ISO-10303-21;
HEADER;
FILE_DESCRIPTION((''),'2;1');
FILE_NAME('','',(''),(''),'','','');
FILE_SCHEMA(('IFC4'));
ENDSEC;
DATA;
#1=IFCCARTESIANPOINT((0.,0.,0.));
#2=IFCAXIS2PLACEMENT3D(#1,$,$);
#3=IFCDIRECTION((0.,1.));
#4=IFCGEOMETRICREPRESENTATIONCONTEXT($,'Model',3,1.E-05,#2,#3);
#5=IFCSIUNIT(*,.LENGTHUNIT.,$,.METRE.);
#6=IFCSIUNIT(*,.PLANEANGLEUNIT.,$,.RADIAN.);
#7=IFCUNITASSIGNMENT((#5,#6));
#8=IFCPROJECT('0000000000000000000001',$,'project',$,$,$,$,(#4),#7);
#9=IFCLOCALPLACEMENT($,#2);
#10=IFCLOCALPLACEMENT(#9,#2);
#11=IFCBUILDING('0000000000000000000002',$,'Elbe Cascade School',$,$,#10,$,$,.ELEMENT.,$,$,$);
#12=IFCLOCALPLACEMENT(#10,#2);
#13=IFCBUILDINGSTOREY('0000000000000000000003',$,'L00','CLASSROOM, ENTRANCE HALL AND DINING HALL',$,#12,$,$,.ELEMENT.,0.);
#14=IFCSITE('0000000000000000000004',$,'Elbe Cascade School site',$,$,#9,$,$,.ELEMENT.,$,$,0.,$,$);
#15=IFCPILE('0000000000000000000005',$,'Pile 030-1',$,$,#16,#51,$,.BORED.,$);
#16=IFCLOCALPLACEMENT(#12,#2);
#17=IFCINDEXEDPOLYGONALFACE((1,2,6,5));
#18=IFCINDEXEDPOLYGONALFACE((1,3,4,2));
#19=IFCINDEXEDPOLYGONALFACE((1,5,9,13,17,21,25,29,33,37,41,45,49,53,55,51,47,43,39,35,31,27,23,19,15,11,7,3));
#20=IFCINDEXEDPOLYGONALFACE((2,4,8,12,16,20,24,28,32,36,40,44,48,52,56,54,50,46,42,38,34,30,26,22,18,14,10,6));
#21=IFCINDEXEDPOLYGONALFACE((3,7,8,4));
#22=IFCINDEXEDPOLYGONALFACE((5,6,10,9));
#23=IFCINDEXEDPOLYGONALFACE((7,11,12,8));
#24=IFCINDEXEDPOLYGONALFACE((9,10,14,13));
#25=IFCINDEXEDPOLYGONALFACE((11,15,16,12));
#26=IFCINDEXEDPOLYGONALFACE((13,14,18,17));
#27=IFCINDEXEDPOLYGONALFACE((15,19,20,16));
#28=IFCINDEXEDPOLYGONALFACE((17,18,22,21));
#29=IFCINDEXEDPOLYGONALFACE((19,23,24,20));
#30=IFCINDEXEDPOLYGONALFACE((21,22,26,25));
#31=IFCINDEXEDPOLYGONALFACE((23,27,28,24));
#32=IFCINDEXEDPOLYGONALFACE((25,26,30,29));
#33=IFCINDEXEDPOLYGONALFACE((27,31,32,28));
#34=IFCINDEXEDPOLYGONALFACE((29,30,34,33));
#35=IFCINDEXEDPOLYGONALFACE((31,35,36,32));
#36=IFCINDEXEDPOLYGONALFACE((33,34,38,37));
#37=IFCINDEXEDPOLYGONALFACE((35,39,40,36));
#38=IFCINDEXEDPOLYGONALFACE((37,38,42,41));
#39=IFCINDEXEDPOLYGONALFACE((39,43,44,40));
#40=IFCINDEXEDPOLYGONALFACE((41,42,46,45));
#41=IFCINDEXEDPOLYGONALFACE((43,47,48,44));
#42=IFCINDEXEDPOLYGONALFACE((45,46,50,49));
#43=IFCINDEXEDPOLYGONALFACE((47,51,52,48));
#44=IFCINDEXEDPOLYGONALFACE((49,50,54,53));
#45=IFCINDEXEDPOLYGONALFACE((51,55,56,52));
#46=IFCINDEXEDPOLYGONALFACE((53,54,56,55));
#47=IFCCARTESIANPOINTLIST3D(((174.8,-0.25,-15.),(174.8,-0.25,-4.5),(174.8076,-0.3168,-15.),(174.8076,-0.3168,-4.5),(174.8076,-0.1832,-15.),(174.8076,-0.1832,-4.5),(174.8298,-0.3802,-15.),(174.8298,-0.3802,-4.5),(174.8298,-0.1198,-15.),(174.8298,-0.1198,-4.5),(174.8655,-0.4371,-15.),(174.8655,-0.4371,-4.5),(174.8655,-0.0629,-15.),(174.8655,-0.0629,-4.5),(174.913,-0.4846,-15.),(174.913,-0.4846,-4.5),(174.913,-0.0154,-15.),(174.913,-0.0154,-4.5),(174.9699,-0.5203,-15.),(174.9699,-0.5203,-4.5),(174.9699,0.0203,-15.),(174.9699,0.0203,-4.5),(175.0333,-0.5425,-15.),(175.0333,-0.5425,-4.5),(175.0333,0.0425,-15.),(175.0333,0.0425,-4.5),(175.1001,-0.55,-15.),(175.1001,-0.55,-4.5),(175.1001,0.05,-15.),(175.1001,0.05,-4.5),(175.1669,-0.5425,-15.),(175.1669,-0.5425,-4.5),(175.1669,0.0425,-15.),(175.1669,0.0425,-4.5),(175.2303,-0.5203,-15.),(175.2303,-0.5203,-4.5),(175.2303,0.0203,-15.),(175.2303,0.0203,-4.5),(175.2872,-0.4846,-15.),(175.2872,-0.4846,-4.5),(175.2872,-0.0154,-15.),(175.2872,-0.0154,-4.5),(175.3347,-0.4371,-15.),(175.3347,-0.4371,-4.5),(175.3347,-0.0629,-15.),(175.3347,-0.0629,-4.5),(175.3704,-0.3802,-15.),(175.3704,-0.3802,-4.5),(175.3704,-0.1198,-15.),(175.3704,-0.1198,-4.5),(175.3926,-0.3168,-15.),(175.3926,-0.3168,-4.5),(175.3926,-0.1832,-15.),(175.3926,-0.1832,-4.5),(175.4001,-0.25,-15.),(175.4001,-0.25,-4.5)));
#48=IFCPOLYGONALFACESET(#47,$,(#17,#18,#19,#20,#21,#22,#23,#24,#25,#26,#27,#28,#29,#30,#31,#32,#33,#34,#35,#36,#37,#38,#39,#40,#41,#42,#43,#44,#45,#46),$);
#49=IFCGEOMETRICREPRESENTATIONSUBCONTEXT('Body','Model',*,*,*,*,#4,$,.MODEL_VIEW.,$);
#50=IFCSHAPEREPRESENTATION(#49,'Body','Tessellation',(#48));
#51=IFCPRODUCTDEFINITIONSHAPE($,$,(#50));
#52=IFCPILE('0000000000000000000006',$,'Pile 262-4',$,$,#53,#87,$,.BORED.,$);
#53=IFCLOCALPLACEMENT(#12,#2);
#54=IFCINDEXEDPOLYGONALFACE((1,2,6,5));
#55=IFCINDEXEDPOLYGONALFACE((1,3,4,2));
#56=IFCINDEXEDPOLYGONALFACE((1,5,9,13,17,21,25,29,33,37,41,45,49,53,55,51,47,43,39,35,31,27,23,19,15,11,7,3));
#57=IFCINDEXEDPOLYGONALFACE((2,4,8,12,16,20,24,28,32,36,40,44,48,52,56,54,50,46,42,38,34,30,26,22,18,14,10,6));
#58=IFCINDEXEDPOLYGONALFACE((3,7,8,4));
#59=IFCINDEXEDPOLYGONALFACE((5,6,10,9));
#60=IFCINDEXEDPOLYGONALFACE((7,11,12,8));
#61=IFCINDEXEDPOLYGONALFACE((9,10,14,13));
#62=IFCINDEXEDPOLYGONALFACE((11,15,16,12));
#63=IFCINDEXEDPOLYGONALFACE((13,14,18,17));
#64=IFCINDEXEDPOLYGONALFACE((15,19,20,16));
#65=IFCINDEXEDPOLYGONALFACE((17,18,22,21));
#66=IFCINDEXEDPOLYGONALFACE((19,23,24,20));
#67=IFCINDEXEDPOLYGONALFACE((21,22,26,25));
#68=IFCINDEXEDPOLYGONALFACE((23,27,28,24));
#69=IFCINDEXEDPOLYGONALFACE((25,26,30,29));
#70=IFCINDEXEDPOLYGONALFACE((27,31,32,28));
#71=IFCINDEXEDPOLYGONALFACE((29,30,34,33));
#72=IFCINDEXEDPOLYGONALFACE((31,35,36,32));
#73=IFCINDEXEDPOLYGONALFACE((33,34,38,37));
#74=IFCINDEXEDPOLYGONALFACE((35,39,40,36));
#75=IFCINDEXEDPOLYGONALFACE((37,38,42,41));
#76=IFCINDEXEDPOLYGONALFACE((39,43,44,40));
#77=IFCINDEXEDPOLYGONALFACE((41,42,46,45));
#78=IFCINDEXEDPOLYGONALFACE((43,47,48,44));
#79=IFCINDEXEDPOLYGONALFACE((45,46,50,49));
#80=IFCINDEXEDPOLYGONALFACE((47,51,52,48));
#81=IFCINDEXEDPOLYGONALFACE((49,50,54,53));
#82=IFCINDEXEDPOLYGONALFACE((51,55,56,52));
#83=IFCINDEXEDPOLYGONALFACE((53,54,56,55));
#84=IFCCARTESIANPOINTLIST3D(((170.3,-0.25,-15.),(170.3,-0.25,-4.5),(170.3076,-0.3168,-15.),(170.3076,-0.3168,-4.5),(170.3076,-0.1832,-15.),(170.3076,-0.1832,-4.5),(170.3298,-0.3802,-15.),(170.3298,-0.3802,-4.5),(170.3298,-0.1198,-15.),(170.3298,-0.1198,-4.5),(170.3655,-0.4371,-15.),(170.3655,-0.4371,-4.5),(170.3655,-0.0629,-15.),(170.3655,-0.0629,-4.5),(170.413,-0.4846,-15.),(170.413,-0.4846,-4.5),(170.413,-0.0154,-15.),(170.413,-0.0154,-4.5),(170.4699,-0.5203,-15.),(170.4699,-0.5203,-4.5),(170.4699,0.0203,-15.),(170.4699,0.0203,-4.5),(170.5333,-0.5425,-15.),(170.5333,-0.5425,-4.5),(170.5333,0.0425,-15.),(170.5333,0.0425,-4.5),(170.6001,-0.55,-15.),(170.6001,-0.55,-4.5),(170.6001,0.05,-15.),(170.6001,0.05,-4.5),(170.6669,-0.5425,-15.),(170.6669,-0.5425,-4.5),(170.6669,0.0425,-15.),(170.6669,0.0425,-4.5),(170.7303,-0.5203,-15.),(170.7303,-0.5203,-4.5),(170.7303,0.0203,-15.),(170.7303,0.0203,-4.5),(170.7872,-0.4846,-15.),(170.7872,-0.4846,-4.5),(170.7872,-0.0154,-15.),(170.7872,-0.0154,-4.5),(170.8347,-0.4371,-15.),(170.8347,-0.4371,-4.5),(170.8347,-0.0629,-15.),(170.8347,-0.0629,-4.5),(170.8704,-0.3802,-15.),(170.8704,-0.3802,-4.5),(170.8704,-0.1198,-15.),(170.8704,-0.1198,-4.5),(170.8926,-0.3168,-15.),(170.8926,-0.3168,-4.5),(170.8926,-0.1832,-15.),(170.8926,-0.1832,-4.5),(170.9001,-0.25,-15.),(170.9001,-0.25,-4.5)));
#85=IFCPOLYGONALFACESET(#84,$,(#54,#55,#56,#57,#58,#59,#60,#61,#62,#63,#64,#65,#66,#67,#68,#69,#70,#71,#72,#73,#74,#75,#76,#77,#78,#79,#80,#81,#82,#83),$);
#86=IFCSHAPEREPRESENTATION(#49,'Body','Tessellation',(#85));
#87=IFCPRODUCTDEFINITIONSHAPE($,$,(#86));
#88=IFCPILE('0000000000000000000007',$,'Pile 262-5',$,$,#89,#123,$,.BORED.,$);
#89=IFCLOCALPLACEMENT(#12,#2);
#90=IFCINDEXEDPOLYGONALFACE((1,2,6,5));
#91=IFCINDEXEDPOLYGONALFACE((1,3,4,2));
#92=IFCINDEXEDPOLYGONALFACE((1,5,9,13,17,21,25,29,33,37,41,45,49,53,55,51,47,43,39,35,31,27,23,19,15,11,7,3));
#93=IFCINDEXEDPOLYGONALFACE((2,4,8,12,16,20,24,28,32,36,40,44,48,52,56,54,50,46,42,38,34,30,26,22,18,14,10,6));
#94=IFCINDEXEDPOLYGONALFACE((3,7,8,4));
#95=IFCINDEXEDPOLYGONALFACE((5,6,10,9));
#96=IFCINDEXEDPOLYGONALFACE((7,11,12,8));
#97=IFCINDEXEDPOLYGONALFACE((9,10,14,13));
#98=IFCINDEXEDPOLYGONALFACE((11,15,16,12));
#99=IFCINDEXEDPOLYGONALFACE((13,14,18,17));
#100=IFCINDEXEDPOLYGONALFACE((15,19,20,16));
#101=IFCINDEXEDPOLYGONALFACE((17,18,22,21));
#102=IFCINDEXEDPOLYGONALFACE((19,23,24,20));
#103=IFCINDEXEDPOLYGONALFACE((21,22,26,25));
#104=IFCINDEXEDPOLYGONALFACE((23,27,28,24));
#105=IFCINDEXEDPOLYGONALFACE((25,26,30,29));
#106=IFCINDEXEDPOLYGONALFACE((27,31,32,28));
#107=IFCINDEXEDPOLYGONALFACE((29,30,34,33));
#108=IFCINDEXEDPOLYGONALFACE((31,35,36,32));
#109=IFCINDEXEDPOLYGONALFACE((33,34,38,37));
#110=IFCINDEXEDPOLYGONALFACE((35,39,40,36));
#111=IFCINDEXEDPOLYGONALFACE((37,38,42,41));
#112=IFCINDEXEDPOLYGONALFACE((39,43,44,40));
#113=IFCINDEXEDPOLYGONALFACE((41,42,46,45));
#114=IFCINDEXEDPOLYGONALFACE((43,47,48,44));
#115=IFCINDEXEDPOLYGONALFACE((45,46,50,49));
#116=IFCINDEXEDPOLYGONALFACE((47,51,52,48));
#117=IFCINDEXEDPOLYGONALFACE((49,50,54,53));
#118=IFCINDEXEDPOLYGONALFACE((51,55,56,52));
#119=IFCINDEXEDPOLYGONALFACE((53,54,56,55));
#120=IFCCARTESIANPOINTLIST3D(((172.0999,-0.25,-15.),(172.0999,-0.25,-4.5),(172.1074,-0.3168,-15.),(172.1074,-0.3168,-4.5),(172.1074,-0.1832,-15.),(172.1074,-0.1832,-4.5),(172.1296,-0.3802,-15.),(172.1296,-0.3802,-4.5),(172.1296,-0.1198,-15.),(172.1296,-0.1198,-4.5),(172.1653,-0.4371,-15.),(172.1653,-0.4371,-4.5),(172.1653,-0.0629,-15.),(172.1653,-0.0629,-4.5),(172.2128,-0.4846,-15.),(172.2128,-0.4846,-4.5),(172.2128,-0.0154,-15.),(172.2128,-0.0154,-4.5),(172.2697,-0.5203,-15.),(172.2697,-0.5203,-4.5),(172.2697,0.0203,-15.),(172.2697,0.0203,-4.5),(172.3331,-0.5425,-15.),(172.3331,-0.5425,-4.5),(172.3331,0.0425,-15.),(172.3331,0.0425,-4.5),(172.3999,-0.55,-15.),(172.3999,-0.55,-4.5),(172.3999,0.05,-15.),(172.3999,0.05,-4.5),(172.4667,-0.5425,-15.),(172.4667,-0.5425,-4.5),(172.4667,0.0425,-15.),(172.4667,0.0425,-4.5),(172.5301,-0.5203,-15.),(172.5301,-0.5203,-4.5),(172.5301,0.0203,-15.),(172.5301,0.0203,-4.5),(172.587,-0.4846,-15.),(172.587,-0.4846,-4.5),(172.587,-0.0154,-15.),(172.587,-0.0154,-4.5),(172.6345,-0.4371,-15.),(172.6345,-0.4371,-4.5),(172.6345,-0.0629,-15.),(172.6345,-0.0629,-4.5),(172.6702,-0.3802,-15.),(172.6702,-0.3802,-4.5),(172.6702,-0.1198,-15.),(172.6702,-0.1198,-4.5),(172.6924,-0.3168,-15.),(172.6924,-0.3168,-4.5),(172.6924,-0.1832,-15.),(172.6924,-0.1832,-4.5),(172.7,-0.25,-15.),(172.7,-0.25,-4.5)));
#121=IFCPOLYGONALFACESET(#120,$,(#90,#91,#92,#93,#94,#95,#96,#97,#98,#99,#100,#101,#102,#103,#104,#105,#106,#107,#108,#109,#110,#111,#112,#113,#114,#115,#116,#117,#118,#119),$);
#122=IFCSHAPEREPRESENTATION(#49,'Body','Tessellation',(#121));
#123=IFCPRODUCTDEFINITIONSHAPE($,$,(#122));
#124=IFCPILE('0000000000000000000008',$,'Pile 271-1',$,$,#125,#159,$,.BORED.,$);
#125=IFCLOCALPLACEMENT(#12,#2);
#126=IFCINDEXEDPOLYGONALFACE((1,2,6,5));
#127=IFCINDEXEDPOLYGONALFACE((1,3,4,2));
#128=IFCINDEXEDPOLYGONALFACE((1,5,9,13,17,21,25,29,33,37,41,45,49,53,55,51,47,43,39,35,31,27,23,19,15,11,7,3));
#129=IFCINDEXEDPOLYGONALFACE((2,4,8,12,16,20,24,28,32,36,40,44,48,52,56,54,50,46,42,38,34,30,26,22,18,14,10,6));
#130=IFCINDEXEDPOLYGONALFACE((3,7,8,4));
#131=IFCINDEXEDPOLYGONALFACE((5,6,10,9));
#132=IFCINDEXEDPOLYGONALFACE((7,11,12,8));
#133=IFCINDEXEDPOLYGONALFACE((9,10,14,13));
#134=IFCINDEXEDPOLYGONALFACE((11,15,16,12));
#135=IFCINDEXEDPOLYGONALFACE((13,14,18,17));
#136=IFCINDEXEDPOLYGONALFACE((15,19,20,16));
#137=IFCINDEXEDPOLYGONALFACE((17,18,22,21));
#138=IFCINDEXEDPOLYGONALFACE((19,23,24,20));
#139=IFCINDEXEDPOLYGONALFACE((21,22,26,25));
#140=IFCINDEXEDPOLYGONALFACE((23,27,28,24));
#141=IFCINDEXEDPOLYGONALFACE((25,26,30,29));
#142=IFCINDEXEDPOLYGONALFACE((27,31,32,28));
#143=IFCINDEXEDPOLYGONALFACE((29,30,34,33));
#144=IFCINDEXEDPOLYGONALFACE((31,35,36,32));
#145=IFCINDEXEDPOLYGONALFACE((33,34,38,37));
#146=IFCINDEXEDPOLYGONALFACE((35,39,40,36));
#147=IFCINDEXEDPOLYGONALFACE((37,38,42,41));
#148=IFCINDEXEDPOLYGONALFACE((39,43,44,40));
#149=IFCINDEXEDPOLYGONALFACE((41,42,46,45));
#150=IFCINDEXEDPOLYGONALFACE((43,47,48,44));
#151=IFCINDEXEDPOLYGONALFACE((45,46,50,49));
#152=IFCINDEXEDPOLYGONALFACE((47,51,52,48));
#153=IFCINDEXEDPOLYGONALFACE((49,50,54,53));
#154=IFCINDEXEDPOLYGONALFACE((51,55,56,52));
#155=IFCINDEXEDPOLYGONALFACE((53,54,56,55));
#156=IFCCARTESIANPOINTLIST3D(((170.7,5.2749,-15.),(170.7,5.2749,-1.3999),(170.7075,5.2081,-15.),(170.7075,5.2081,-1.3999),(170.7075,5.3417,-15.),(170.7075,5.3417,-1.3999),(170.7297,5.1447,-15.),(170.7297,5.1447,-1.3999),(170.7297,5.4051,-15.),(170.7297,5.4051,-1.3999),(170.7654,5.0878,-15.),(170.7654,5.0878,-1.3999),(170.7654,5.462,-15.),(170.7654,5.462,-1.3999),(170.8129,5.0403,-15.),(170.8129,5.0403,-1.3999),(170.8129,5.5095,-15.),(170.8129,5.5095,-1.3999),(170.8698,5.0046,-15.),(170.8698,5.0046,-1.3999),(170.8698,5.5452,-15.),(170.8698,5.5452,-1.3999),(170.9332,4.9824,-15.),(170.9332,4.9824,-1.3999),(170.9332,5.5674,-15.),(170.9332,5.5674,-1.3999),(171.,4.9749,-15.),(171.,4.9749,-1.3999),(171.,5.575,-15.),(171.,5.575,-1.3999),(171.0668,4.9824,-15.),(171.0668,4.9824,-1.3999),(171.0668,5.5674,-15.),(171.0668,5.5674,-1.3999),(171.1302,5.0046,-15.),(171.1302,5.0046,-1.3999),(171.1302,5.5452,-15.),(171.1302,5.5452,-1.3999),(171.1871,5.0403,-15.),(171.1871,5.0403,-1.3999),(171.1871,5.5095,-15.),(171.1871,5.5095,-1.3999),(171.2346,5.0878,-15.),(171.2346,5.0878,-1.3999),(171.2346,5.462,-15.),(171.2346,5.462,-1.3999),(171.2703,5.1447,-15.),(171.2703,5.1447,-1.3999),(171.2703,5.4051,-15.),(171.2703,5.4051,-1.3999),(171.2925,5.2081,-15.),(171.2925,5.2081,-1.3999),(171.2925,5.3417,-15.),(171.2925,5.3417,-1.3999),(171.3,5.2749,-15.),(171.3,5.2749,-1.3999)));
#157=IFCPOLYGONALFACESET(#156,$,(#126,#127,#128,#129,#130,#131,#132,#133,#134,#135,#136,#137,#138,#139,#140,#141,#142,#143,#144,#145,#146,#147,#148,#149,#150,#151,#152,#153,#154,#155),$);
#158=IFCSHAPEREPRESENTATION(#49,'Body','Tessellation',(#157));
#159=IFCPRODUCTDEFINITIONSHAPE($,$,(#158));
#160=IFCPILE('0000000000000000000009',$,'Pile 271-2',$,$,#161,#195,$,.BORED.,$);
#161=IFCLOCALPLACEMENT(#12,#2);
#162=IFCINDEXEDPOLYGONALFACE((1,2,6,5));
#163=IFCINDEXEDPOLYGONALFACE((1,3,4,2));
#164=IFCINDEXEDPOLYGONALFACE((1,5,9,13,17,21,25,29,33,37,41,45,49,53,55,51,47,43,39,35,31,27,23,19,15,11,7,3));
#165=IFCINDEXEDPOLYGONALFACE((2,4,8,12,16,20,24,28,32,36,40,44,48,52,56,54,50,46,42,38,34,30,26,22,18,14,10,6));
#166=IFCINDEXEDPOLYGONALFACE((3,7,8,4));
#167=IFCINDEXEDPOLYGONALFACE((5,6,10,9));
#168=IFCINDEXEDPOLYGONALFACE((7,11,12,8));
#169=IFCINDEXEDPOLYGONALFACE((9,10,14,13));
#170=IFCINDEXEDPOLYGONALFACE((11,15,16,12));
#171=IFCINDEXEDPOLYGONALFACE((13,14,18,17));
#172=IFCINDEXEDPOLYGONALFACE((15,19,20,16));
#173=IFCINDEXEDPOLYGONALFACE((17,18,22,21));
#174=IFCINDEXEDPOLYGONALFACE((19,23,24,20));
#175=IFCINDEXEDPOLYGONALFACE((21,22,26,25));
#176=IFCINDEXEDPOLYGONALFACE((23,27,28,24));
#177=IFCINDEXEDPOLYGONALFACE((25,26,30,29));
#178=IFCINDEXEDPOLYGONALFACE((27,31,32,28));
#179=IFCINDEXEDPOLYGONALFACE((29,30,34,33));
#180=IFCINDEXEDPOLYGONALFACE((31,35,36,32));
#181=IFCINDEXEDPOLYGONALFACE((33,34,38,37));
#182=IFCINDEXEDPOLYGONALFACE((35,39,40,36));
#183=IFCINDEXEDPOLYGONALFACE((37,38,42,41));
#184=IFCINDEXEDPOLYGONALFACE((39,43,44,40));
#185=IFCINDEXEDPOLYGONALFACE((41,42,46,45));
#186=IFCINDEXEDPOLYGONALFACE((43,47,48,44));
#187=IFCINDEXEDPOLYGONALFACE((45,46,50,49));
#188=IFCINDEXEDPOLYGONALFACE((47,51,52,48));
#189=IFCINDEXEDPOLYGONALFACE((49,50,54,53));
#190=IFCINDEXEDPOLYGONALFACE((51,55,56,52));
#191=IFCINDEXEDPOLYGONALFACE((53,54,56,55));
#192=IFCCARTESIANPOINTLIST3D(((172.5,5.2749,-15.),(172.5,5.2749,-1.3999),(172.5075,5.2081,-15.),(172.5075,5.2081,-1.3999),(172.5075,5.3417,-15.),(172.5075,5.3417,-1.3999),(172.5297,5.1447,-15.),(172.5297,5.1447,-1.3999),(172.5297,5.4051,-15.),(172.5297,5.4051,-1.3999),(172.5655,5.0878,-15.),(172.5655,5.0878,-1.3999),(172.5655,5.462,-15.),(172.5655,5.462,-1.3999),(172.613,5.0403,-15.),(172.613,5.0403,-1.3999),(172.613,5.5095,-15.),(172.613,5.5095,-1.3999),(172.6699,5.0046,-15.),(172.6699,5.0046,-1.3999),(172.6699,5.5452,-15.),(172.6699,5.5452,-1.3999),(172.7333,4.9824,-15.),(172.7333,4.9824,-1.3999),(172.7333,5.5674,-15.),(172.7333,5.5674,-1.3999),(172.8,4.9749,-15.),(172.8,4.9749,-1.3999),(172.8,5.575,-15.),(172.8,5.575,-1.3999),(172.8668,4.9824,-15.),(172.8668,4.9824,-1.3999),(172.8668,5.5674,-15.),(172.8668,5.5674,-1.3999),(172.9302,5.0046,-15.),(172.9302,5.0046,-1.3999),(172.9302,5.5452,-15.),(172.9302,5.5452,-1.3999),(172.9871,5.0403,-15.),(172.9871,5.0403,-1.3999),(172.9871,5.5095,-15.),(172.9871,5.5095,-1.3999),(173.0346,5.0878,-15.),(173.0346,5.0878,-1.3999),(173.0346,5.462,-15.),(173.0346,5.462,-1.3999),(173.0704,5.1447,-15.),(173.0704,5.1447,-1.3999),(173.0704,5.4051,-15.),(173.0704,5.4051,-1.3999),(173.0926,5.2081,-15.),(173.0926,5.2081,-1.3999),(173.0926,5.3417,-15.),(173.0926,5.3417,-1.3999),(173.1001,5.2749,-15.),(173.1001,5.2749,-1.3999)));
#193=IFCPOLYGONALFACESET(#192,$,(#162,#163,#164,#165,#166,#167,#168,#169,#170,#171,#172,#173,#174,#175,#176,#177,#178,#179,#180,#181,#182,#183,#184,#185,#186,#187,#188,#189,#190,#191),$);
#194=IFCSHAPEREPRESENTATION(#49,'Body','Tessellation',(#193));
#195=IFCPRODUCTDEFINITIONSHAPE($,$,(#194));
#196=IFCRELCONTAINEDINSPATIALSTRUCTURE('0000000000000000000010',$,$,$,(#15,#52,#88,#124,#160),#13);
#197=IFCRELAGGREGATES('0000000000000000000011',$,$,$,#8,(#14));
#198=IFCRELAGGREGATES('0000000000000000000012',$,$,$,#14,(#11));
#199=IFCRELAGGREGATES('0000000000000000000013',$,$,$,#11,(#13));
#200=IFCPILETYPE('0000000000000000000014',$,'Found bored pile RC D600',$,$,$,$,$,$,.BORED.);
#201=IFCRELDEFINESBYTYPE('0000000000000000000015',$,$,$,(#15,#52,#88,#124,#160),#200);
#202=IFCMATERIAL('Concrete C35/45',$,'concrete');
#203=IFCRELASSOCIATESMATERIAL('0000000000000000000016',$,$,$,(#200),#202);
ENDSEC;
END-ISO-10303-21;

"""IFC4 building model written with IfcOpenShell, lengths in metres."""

from ifc_helpers import new_model, si_unit, direction, frame, origin, origin_2d, place, context, subcontext, project, spatial, circle, extrude, material, material_profile, profile_set, type_object, element, save


model = new_model("IFC4")

# Units and contexts
model_context = context("Model", 3, precision=1e-05, world=origin(), true_north=direction((0.0, 1.0)))
body_context = subcontext(model_context, "Body", "Model", "MODEL_VIEW")
ifc_project = project(units=[si_unit("LENGTHUNIT", "METRE"), si_unit("PLANEANGLEUNIT", "RADIAN")], contexts=[model_context])

# Site, building, storey
site_placement = place(None, origin())
site = spatial("IfcSite", under=ifc_project, at=site_placement, Name="Elbe Cascade School site", CompositionType="ELEMENT", RefElevation=0.0)
building_placement = place(site_placement, origin())
building = spatial("IfcBuilding", under=site, at=building_placement, Name="Elbe Cascade School", CompositionType="ELEMENT")
storey_placement = place(building_placement, origin())
storey = spatial("IfcBuildingStorey", under=building, at=storey_placement, Name="L00", Description="CLASSROOM, ENTRANCE HALL AND DINING HALL", CompositionType="ELEMENT", Elevation=0.0)

# Piles
ifc_material_1 = material(Name="Concrete C35/45", Category="concrete")
ifc_material_profile_1 = material_profile(ifc_material_1, circle(Radius=0.3, at=origin_2d()), Name="RC D600")
ifc_profile_set_1 = profile_set([ifc_material_profile_1], Name="Concrete C35/45")
pile_type = type_object("IfcPileType", Name="Found bored pile RC D600", PredefinedType="BORED", material=ifc_profile_set_1)
for number, where, z_axis, x_axis, name in (
    (1, (175.1001, -0.25, -4.5), (0.0, 0.0, -1.0), (1.0, 0.0, 0.0), "Pile 030-1"),
    (2, (170.6001, -0.25, -4.5), (0.0, 0.0, -1.0), (1.0, 0.0, 0.0), "Pile 262-4"),
    (3, (172.3999, -0.25, -4.5), (0.0, 0.0, -1.0), (1.0, 0.0, 0.0), "Pile 262-5"),
):
    element("IfcPile", number, at=place(storey_placement, frame(where, z_axis=z_axis, x_axis=x_axis)), inside=storey, type_object=pile_type, Name=name, PredefinedType="BORED", context=body_context, shape_type="SweptSolid", body=[
        extrude(circle(Radius=0.3, at=origin_2d()), origin(), (0.0, 0.0, 1.0), 10.5),
    ])
for number, where, z_axis, x_axis, name in (
    (4, (171.0, 5.2749, -1.3999), (0.0, 0.0, -1.0), (1.0, 0.0, 0.0), "Pile 271-1"),
    (5, (172.8, 5.2749, -1.3999), (0.0, 0.0, -1.0), (1.0, 0.0, 0.0), "Pile 271-2"),
):
    element("IfcPile", number, at=place(storey_placement, frame(where, z_axis=z_axis, x_axis=x_axis)), inside=storey, type_object=pile_type, Name=name, PredefinedType="BORED", context=body_context, shape_type="SweptSolid", body=[
        extrude(circle(Radius=0.3, at=origin_2d()), origin(), (0.0, 0.0, 1.0), 13.6001),
    ])

save(model, "model.ifc")
